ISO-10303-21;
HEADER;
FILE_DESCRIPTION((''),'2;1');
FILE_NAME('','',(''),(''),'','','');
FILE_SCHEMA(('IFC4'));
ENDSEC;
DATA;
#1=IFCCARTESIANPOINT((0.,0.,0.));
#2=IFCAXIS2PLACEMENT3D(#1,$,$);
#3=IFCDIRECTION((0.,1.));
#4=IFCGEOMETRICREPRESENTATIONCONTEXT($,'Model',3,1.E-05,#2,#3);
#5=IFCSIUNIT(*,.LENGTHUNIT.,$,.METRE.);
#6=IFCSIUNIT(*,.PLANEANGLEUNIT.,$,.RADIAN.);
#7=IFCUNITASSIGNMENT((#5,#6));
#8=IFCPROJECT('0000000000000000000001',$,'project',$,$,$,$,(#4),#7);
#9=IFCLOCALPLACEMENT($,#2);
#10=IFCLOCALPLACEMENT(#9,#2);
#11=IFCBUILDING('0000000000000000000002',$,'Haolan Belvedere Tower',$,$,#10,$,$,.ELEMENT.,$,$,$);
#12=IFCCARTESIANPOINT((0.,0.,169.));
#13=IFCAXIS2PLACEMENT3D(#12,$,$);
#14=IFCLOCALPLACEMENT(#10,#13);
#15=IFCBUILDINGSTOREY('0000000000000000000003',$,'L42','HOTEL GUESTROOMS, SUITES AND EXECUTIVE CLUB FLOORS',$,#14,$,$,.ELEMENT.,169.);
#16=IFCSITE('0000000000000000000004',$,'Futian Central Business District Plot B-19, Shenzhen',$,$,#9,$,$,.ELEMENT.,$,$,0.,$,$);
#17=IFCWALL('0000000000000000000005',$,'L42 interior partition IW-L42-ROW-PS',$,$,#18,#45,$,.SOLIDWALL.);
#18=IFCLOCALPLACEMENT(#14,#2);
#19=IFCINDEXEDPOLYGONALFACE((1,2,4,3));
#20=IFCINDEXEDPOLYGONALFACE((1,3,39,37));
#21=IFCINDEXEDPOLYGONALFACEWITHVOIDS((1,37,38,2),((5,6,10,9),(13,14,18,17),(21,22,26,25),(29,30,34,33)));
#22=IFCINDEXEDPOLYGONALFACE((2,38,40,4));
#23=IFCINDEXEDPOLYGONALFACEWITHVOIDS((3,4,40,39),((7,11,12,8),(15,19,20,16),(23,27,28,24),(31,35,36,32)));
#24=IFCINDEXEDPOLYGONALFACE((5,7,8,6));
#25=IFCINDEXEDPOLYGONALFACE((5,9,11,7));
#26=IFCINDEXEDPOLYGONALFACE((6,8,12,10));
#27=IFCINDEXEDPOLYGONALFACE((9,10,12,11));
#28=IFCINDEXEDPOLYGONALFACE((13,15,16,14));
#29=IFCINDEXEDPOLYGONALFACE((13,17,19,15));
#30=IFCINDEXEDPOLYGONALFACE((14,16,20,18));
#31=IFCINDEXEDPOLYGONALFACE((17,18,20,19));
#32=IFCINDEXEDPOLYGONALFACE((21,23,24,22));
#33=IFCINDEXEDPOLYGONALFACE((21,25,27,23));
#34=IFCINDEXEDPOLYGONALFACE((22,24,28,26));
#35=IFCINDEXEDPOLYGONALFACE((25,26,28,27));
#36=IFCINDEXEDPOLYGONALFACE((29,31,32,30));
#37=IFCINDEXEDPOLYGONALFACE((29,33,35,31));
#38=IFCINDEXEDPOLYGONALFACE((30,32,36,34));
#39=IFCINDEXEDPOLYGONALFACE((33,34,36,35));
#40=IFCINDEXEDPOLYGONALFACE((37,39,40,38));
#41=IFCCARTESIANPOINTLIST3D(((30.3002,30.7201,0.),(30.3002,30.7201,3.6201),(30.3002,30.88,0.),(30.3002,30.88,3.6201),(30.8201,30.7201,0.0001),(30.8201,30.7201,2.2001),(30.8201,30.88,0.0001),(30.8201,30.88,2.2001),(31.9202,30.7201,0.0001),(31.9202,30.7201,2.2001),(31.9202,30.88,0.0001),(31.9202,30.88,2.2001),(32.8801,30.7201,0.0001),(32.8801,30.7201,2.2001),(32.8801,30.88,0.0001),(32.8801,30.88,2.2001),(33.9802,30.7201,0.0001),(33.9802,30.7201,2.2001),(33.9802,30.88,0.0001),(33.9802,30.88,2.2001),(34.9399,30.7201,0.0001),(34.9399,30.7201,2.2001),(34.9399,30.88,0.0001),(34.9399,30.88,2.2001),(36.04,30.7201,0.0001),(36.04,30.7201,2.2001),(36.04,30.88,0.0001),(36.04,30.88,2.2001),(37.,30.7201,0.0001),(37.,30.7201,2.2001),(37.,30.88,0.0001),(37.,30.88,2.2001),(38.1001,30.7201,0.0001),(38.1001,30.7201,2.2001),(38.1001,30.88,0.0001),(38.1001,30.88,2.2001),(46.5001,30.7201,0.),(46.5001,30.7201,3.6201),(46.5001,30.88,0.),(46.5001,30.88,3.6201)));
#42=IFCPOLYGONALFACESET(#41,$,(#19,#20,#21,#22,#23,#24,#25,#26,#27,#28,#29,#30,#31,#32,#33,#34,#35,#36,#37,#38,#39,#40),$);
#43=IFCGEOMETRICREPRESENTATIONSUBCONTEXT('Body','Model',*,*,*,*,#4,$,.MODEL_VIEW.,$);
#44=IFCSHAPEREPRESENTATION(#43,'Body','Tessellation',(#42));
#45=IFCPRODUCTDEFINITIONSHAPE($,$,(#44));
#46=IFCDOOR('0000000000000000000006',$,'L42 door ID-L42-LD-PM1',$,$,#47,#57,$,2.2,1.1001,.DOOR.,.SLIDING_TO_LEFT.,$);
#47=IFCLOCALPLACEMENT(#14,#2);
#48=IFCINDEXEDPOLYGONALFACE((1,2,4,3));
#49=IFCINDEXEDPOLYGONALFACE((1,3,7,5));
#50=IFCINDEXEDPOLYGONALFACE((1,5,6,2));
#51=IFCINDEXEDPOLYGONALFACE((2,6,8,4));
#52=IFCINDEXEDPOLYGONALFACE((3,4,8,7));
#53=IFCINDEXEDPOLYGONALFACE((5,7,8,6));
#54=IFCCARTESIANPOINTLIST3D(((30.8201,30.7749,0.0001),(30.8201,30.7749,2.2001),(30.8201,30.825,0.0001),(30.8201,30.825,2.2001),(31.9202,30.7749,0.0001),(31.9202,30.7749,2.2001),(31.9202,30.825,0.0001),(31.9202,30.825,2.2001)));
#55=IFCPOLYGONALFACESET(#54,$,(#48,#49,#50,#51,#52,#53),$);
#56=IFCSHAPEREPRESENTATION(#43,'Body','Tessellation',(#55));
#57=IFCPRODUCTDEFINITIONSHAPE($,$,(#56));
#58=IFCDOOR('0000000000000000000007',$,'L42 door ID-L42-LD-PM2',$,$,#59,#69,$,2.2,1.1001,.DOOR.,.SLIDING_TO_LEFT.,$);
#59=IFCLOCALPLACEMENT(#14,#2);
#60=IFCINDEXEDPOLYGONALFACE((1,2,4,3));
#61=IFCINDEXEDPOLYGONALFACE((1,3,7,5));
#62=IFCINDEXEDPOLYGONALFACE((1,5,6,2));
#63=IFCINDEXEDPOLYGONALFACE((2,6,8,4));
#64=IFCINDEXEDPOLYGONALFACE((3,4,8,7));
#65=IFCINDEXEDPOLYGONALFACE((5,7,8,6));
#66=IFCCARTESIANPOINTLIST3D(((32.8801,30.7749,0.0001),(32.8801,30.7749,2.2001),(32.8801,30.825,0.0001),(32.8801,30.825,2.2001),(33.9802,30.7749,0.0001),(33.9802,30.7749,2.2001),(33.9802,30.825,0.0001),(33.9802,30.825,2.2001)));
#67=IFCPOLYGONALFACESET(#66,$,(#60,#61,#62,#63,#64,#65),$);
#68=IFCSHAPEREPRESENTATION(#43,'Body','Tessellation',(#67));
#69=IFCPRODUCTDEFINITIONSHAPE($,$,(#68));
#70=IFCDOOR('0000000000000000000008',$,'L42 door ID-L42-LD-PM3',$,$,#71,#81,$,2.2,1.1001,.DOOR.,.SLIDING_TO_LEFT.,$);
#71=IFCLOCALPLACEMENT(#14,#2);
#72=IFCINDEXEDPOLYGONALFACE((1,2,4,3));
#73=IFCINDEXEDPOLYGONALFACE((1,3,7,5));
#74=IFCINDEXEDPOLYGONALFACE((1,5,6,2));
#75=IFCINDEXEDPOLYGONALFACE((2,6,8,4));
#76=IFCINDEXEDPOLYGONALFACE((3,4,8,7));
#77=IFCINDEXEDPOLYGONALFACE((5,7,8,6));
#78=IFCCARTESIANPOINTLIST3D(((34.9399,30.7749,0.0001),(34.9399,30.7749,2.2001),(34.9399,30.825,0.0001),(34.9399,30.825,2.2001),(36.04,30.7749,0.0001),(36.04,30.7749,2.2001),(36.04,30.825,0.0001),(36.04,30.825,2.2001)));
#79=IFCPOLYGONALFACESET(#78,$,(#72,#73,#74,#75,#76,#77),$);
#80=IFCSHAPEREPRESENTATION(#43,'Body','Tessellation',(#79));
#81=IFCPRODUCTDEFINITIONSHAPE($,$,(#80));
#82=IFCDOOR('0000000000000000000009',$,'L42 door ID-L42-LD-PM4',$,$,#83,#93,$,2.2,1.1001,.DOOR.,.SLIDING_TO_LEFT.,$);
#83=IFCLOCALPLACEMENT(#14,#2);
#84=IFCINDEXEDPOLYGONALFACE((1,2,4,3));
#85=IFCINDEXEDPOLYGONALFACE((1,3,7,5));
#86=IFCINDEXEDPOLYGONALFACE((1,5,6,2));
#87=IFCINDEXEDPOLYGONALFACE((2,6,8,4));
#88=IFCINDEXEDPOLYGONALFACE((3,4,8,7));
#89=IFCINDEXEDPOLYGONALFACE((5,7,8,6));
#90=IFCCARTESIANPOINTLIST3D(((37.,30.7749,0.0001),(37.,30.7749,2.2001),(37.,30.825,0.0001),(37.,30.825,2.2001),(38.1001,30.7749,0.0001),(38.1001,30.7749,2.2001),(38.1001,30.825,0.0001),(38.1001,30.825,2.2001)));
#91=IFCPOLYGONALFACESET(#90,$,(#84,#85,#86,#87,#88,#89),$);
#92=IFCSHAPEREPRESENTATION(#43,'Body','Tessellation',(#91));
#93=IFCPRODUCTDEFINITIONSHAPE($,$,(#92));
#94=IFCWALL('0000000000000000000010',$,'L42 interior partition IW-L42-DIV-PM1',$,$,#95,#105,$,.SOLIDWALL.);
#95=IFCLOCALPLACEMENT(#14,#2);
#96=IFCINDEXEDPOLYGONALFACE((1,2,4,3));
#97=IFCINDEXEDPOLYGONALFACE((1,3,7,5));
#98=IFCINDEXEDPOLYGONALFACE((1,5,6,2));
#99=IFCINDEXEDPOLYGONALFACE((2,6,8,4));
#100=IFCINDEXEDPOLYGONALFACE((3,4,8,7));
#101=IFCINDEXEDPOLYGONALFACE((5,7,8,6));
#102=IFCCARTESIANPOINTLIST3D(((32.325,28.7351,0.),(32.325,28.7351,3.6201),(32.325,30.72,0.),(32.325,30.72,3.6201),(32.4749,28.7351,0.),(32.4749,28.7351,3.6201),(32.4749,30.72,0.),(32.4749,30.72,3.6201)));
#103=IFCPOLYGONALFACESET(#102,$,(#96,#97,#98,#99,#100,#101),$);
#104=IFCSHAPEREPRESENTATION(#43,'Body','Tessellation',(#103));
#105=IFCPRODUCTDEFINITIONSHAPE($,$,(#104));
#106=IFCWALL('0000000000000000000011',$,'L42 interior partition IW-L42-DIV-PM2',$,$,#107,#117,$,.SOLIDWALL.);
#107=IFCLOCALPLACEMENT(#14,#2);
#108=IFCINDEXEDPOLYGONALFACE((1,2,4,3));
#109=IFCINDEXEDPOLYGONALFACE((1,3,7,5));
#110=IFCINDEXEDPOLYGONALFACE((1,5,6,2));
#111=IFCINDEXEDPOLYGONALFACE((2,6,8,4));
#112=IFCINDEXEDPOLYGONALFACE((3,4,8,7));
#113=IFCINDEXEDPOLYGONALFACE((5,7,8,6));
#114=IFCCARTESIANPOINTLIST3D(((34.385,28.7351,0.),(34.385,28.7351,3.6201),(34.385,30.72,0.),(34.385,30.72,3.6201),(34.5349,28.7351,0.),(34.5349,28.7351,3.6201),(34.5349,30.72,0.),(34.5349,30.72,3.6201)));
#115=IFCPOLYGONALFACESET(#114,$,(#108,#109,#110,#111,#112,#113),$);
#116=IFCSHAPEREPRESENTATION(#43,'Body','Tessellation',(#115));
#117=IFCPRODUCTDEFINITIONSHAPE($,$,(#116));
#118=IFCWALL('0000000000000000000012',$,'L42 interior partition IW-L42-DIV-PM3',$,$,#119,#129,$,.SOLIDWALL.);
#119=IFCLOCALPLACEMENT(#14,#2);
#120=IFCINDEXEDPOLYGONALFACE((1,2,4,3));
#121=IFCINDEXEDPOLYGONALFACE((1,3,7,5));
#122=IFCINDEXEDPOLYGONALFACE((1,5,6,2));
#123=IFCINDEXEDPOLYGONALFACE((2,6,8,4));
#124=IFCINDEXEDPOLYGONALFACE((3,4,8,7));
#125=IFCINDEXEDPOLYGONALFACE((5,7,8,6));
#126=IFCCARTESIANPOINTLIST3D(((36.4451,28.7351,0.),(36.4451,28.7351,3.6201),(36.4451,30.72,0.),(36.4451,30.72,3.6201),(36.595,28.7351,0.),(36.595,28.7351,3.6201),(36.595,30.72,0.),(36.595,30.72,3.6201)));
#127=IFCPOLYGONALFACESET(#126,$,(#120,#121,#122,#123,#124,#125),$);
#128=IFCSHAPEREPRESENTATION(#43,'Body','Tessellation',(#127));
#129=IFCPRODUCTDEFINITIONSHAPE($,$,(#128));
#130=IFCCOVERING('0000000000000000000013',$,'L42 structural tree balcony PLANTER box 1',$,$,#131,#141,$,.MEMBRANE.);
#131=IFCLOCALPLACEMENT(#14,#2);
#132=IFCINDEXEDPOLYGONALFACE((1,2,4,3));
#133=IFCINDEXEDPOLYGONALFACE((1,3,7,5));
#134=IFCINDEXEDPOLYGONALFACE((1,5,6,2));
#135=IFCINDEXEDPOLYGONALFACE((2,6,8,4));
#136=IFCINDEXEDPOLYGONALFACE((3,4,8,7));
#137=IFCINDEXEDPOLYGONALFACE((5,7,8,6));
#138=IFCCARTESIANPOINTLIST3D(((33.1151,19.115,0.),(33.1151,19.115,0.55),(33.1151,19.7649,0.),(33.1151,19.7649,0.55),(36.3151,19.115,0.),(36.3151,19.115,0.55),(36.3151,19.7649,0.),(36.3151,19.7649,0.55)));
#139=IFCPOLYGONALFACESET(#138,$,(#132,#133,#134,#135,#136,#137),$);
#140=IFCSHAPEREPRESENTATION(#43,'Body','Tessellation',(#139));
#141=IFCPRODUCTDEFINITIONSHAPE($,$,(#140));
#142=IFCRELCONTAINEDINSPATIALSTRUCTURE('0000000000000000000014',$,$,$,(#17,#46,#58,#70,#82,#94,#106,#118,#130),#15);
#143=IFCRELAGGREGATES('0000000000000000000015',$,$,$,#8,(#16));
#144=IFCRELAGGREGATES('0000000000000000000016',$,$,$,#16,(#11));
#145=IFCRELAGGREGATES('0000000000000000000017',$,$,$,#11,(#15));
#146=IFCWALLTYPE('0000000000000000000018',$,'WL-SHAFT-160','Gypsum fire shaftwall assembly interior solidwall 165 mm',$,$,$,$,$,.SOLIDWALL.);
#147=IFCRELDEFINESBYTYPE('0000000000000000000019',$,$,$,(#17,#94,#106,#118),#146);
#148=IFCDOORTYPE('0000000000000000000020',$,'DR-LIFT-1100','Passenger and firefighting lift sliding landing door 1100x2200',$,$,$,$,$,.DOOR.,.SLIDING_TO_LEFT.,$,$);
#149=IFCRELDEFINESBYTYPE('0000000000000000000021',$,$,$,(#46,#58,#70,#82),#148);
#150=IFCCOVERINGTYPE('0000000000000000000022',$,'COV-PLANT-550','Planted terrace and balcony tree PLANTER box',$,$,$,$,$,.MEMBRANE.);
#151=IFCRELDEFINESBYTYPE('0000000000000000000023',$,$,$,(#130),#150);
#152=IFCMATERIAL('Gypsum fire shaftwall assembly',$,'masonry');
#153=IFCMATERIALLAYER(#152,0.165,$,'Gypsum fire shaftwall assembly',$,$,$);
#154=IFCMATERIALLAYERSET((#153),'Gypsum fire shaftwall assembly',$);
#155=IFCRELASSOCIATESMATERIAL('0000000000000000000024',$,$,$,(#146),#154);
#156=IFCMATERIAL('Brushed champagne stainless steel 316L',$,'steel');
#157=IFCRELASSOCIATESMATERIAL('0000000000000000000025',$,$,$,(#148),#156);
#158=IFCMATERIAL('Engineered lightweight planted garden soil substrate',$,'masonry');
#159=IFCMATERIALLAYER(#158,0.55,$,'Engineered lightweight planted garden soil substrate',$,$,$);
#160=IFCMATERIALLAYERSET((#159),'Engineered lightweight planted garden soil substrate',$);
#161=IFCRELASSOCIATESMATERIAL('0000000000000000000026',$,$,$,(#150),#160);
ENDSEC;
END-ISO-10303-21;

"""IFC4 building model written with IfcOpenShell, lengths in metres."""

from ifc_helpers import new_model, si_unit, direction, frame, frame_2d, origin, origin_2d, place, context, subcontext, project, spatial, rectangle, extrude, material, layer, layer_set, type_object, element, fill, save


model = new_model("IFC4")

# Units and contexts
model_context = context("Model", 3, precision=1e-05, world=origin(), true_north=direction((0.0, 1.0)))
body_context = subcontext(model_context, "Body", "Model", "MODEL_VIEW")
ifc_project = project(units=[si_unit("LENGTHUNIT", "METRE"), si_unit("PLANEANGLEUNIT", "RADIAN")], contexts=[model_context])

# Site, building, storey
site_placement = place(None, origin())
site = spatial("IfcSite", under=ifc_project, at=site_placement, Name="Futian Central Business District Plot B-19, Shenzhen", CompositionType="ELEMENT", RefElevation=0.0)
building_placement = place(site_placement, origin())
building = spatial("IfcBuilding", under=site, at=building_placement, Name="Haolan Belvedere Tower", CompositionType="ELEMENT")
storey_placement = place(building_placement, frame((0.0, 0.0, 169.0)))
storey = spatial("IfcBuildingStorey", under=building, at=storey_placement, Name="L42", Description="HOTEL GUESTROOMS, SUITES AND EXECUTIVE CLUB FLOORS", CompositionType="ELEMENT", Elevation=169.0)

# Wall, openings, doors
ifc_material_1 = material(Name="Gypsum fire shaftwall assembly", Category="masonry")
ifc_layer_1 = layer(ifc_material_1, 0.165, Name="Gypsum fire shaftwall assembly")
ifc_layer_set_1 = layer_set([ifc_layer_1], Name="Gypsum fire shaftwall assembly")
wall_type_1 = type_object("IfcWallType", Name="WL-SHAFT-160", Description="Gypsum fire shaftwall assembly interior solidwall 165 mm", PredefinedType="SOLIDWALL", material=ifc_layer_set_1)
wall_1_placement = place(storey_placement, frame((30.3, 30.8, 0.0), z_axis=(0.0, 0.0, 1.0), x_axis=(1.0, 0.0, 0.0)))
wall_1 = element("IfcWall", 1, at=wall_1_placement, inside=storey, type_object=wall_type_1, Name="L42 interior partition IW-L42-ROW-PS", PredefinedType="SOLIDWALL", context=body_context, shape_type="SweptSolid", body=[
    extrude(rectangle(XDim=16.2, YDim=0.1599, at=frame_2d((8.1001, 0.0))), origin(), (0.0, 0.0, 1.0), 3.6201),
])
opening_1_placement = place(wall_1_placement, frame((0.52, 0.0, 0.0)))
opening_1 = element("IfcOpeningElement", 2, at=opening_1_placement, cuts=wall_1, PredefinedType="OPENING", context=body_context, shape_type="SweptSolid", body=[
    extrude(rectangle(XDim=1.1001, YDim=2.2, at=frame_2d((0.55, 1.1001))), frame((0.0, 0.0898, 0.0), z_axis=(0.0, -1.0, 0.0), x_axis=(1.0, 0.0, 0.0)), (0.0, 0.0, 1.0), 0.1799),
])
opening_2_placement = place(wall_1_placement, frame((2.5801, 0.0, 0.0)))
opening_2 = element("IfcOpeningElement", 3, at=opening_2_placement, cuts=wall_1, PredefinedType="OPENING", context=body_context, shape_type="SweptSolid", body=[
    extrude(rectangle(XDim=1.1001, YDim=2.2, at=frame_2d((0.55, 1.1001))), frame((0.0, 0.0898, 0.0), z_axis=(0.0, -1.0, 0.0), x_axis=(1.0, 0.0, 0.0)), (0.0, 0.0, 1.0), 0.1799),
])
opening_3_placement = place(wall_1_placement, frame((4.6399, 0.0, 0.0)))
opening_3 = element("IfcOpeningElement", 4, at=opening_3_placement, cuts=wall_1, PredefinedType="OPENING", context=body_context, shape_type="SweptSolid", body=[
    extrude(rectangle(XDim=1.1001, YDim=2.2, at=frame_2d((0.55, 1.1001))), frame((0.0, 0.0898, 0.0), z_axis=(0.0, -1.0, 0.0), x_axis=(1.0, 0.0, 0.0)), (0.0, 0.0, 1.0), 0.1799),
])
opening_4_placement = place(wall_1_placement, frame((6.7, 0.0, 0.0)))
opening_4 = element("IfcOpeningElement", 5, at=opening_4_placement, cuts=wall_1, PredefinedType="OPENING", context=body_context, shape_type="SweptSolid", body=[
    extrude(rectangle(XDim=1.1001, YDim=2.2, at=frame_2d((0.55, 1.1001))), frame((0.0, 0.0898, 0.0), z_axis=(0.0, -1.0, 0.0), x_axis=(1.0, 0.0, 0.0)), (0.0, 0.0, 1.0), 0.1799),
])
ifc_material_2 = material(Name="Brushed champagne stainless steel 316L", Category="steel")
door_type_1 = type_object("IfcDoorType", Name="DR-LIFT-1100", Description="Passenger and firefighting lift sliding landing door 1100x2200", OperationType="SLIDING_TO_LEFT", PredefinedType="DOOR", material=ifc_material_2)
door_1_placement = place(opening_1_placement, origin())
door_1 = element("IfcDoor", 6, at=door_1_placement, inside=storey, type_object=door_type_1, Name="L42 door ID-L42-LD-PM1", OperationType="SLIDING_TO_LEFT", OverallHeight=2.2, OverallWidth=1.1001, PredefinedType="DOOR", context=body_context, shape_type="SweptSolid", body=[
    extrude(rectangle(XDim=1.1001, YDim=2.2, at=frame_2d((0.55, 1.1001))), frame((0.0, 0.0249, 0.0), z_axis=(0.0, -1.0, 0.0), x_axis=(1.0, 0.0, 0.0)), (0.0, 0.0, 1.0), 0.05),
])
fill(opening_1, door_1)
door_2_placement = place(opening_2_placement, origin())
door_2 = element("IfcDoor", 7, at=door_2_placement, inside=storey, type_object=door_type_1, Name="L42 door ID-L42-LD-PM2", OperationType="SLIDING_TO_LEFT", OverallHeight=2.2, OverallWidth=1.1001, PredefinedType="DOOR", context=body_context, shape_type="SweptSolid", body=[
    extrude(rectangle(XDim=1.1001, YDim=2.2, at=frame_2d((0.55, 1.1001))), frame((0.0, 0.0249, 0.0), z_axis=(0.0, -1.0, 0.0), x_axis=(1.0, 0.0, 0.0)), (0.0, 0.0, 1.0), 0.05),
])
fill(opening_2, door_2)
door_3_placement = place(opening_3_placement, origin())
door_3 = element("IfcDoor", 8, at=door_3_placement, inside=storey, type_object=door_type_1, Name="L42 door ID-L42-LD-PM3", OperationType="SLIDING_TO_LEFT", OverallHeight=2.2, OverallWidth=1.1001, PredefinedType="DOOR", context=body_context, shape_type="SweptSolid", body=[
    extrude(rectangle(XDim=1.1001, YDim=2.2, at=frame_2d((0.55, 1.1001))), frame((0.0, 0.0249, 0.0), z_axis=(0.0, -1.0, 0.0), x_axis=(1.0, 0.0, 0.0)), (0.0, 0.0, 1.0), 0.05),
])
fill(opening_3, door_3)
door_4_placement = place(opening_4_placement, origin())
door_4 = element("IfcDoor", 9, at=door_4_placement, inside=storey, type_object=door_type_1, Name="L42 door ID-L42-LD-PM4", OperationType="SLIDING_TO_LEFT", OverallHeight=2.2, OverallWidth=1.1001, PredefinedType="DOOR", context=body_context, shape_type="SweptSolid", body=[
    extrude(rectangle(XDim=1.1001, YDim=2.2, at=frame_2d((0.55, 1.1001))), frame((0.0, 0.0249, 0.0), z_axis=(0.0, -1.0, 0.0), x_axis=(1.0, 0.0, 0.0)), (0.0, 0.0, 1.0), 0.05),
])
fill(opening_4, door_4)

# Walls
for number, where, z_axis, x_axis, name in (
    (10, (32.3999, 28.7351, 0.0), (0.0, 0.0, 1.0), (0.0, 1.0, 0.0), "L42 interior partition IW-L42-DIV-PM1"),
    (11, (34.46, 28.7351, 0.0), (0.0, 0.0, 1.0), (0.0, 1.0, 0.0), "L42 interior partition IW-L42-DIV-PM2"),
    (12, (36.52, 28.7351, 0.0), (0.0, 0.0, 1.0), (0.0, 1.0, 0.0), "L42 interior partition IW-L42-DIV-PM3"),
):
    element("IfcWall", number, at=place(storey_placement, frame(where, z_axis=z_axis, x_axis=x_axis)), inside=storey, type_object=wall_type_1, Name=name, PredefinedType="SOLIDWALL", context=body_context, shape_type="SweptSolid", body=[
        extrude(rectangle(XDim=1.9849, YDim=0.1499, at=frame_2d((0.9924, 0.0))), origin(), (0.0, 0.0, 1.0), 3.6201),
    ])

# Covering
ifc_material_3 = material(Name="Engineered lightweight planted garden soil substrate", Category="masonry")
ifc_layer_2 = layer(ifc_material_3, 0.55, Name="Engineered lightweight planted garden soil substrate")
ifc_layer_set_2 = layer_set([ifc_layer_2], Name="Engineered lightweight planted garden soil substrate")
covering_type = type_object("IfcCoveringType", Name="COV-PLANT-550", Description="Planted terrace and balcony tree PLANTER box", PredefinedType="MEMBRANE", material=ifc_layer_set_2)
covering_placement = place(storey_placement, frame((34.7151, 19.4399, 0.0), z_axis=(0.0, 0.0, 1.0), x_axis=(1.0, 0.0, 0.0)))
element("IfcCovering", 13, at=covering_placement, inside=storey, type_object=covering_type, Name="L42 structural tree balcony PLANTER box 1", PredefinedType="MEMBRANE", context=body_context, shape_type="SweptSolid", body=[
    extrude(rectangle(XDim=3.2, YDim=0.6499, at=origin_2d()), origin(), (0.0, 0.0, 1.0), 0.55),
])

save(model, "model.ifc")
